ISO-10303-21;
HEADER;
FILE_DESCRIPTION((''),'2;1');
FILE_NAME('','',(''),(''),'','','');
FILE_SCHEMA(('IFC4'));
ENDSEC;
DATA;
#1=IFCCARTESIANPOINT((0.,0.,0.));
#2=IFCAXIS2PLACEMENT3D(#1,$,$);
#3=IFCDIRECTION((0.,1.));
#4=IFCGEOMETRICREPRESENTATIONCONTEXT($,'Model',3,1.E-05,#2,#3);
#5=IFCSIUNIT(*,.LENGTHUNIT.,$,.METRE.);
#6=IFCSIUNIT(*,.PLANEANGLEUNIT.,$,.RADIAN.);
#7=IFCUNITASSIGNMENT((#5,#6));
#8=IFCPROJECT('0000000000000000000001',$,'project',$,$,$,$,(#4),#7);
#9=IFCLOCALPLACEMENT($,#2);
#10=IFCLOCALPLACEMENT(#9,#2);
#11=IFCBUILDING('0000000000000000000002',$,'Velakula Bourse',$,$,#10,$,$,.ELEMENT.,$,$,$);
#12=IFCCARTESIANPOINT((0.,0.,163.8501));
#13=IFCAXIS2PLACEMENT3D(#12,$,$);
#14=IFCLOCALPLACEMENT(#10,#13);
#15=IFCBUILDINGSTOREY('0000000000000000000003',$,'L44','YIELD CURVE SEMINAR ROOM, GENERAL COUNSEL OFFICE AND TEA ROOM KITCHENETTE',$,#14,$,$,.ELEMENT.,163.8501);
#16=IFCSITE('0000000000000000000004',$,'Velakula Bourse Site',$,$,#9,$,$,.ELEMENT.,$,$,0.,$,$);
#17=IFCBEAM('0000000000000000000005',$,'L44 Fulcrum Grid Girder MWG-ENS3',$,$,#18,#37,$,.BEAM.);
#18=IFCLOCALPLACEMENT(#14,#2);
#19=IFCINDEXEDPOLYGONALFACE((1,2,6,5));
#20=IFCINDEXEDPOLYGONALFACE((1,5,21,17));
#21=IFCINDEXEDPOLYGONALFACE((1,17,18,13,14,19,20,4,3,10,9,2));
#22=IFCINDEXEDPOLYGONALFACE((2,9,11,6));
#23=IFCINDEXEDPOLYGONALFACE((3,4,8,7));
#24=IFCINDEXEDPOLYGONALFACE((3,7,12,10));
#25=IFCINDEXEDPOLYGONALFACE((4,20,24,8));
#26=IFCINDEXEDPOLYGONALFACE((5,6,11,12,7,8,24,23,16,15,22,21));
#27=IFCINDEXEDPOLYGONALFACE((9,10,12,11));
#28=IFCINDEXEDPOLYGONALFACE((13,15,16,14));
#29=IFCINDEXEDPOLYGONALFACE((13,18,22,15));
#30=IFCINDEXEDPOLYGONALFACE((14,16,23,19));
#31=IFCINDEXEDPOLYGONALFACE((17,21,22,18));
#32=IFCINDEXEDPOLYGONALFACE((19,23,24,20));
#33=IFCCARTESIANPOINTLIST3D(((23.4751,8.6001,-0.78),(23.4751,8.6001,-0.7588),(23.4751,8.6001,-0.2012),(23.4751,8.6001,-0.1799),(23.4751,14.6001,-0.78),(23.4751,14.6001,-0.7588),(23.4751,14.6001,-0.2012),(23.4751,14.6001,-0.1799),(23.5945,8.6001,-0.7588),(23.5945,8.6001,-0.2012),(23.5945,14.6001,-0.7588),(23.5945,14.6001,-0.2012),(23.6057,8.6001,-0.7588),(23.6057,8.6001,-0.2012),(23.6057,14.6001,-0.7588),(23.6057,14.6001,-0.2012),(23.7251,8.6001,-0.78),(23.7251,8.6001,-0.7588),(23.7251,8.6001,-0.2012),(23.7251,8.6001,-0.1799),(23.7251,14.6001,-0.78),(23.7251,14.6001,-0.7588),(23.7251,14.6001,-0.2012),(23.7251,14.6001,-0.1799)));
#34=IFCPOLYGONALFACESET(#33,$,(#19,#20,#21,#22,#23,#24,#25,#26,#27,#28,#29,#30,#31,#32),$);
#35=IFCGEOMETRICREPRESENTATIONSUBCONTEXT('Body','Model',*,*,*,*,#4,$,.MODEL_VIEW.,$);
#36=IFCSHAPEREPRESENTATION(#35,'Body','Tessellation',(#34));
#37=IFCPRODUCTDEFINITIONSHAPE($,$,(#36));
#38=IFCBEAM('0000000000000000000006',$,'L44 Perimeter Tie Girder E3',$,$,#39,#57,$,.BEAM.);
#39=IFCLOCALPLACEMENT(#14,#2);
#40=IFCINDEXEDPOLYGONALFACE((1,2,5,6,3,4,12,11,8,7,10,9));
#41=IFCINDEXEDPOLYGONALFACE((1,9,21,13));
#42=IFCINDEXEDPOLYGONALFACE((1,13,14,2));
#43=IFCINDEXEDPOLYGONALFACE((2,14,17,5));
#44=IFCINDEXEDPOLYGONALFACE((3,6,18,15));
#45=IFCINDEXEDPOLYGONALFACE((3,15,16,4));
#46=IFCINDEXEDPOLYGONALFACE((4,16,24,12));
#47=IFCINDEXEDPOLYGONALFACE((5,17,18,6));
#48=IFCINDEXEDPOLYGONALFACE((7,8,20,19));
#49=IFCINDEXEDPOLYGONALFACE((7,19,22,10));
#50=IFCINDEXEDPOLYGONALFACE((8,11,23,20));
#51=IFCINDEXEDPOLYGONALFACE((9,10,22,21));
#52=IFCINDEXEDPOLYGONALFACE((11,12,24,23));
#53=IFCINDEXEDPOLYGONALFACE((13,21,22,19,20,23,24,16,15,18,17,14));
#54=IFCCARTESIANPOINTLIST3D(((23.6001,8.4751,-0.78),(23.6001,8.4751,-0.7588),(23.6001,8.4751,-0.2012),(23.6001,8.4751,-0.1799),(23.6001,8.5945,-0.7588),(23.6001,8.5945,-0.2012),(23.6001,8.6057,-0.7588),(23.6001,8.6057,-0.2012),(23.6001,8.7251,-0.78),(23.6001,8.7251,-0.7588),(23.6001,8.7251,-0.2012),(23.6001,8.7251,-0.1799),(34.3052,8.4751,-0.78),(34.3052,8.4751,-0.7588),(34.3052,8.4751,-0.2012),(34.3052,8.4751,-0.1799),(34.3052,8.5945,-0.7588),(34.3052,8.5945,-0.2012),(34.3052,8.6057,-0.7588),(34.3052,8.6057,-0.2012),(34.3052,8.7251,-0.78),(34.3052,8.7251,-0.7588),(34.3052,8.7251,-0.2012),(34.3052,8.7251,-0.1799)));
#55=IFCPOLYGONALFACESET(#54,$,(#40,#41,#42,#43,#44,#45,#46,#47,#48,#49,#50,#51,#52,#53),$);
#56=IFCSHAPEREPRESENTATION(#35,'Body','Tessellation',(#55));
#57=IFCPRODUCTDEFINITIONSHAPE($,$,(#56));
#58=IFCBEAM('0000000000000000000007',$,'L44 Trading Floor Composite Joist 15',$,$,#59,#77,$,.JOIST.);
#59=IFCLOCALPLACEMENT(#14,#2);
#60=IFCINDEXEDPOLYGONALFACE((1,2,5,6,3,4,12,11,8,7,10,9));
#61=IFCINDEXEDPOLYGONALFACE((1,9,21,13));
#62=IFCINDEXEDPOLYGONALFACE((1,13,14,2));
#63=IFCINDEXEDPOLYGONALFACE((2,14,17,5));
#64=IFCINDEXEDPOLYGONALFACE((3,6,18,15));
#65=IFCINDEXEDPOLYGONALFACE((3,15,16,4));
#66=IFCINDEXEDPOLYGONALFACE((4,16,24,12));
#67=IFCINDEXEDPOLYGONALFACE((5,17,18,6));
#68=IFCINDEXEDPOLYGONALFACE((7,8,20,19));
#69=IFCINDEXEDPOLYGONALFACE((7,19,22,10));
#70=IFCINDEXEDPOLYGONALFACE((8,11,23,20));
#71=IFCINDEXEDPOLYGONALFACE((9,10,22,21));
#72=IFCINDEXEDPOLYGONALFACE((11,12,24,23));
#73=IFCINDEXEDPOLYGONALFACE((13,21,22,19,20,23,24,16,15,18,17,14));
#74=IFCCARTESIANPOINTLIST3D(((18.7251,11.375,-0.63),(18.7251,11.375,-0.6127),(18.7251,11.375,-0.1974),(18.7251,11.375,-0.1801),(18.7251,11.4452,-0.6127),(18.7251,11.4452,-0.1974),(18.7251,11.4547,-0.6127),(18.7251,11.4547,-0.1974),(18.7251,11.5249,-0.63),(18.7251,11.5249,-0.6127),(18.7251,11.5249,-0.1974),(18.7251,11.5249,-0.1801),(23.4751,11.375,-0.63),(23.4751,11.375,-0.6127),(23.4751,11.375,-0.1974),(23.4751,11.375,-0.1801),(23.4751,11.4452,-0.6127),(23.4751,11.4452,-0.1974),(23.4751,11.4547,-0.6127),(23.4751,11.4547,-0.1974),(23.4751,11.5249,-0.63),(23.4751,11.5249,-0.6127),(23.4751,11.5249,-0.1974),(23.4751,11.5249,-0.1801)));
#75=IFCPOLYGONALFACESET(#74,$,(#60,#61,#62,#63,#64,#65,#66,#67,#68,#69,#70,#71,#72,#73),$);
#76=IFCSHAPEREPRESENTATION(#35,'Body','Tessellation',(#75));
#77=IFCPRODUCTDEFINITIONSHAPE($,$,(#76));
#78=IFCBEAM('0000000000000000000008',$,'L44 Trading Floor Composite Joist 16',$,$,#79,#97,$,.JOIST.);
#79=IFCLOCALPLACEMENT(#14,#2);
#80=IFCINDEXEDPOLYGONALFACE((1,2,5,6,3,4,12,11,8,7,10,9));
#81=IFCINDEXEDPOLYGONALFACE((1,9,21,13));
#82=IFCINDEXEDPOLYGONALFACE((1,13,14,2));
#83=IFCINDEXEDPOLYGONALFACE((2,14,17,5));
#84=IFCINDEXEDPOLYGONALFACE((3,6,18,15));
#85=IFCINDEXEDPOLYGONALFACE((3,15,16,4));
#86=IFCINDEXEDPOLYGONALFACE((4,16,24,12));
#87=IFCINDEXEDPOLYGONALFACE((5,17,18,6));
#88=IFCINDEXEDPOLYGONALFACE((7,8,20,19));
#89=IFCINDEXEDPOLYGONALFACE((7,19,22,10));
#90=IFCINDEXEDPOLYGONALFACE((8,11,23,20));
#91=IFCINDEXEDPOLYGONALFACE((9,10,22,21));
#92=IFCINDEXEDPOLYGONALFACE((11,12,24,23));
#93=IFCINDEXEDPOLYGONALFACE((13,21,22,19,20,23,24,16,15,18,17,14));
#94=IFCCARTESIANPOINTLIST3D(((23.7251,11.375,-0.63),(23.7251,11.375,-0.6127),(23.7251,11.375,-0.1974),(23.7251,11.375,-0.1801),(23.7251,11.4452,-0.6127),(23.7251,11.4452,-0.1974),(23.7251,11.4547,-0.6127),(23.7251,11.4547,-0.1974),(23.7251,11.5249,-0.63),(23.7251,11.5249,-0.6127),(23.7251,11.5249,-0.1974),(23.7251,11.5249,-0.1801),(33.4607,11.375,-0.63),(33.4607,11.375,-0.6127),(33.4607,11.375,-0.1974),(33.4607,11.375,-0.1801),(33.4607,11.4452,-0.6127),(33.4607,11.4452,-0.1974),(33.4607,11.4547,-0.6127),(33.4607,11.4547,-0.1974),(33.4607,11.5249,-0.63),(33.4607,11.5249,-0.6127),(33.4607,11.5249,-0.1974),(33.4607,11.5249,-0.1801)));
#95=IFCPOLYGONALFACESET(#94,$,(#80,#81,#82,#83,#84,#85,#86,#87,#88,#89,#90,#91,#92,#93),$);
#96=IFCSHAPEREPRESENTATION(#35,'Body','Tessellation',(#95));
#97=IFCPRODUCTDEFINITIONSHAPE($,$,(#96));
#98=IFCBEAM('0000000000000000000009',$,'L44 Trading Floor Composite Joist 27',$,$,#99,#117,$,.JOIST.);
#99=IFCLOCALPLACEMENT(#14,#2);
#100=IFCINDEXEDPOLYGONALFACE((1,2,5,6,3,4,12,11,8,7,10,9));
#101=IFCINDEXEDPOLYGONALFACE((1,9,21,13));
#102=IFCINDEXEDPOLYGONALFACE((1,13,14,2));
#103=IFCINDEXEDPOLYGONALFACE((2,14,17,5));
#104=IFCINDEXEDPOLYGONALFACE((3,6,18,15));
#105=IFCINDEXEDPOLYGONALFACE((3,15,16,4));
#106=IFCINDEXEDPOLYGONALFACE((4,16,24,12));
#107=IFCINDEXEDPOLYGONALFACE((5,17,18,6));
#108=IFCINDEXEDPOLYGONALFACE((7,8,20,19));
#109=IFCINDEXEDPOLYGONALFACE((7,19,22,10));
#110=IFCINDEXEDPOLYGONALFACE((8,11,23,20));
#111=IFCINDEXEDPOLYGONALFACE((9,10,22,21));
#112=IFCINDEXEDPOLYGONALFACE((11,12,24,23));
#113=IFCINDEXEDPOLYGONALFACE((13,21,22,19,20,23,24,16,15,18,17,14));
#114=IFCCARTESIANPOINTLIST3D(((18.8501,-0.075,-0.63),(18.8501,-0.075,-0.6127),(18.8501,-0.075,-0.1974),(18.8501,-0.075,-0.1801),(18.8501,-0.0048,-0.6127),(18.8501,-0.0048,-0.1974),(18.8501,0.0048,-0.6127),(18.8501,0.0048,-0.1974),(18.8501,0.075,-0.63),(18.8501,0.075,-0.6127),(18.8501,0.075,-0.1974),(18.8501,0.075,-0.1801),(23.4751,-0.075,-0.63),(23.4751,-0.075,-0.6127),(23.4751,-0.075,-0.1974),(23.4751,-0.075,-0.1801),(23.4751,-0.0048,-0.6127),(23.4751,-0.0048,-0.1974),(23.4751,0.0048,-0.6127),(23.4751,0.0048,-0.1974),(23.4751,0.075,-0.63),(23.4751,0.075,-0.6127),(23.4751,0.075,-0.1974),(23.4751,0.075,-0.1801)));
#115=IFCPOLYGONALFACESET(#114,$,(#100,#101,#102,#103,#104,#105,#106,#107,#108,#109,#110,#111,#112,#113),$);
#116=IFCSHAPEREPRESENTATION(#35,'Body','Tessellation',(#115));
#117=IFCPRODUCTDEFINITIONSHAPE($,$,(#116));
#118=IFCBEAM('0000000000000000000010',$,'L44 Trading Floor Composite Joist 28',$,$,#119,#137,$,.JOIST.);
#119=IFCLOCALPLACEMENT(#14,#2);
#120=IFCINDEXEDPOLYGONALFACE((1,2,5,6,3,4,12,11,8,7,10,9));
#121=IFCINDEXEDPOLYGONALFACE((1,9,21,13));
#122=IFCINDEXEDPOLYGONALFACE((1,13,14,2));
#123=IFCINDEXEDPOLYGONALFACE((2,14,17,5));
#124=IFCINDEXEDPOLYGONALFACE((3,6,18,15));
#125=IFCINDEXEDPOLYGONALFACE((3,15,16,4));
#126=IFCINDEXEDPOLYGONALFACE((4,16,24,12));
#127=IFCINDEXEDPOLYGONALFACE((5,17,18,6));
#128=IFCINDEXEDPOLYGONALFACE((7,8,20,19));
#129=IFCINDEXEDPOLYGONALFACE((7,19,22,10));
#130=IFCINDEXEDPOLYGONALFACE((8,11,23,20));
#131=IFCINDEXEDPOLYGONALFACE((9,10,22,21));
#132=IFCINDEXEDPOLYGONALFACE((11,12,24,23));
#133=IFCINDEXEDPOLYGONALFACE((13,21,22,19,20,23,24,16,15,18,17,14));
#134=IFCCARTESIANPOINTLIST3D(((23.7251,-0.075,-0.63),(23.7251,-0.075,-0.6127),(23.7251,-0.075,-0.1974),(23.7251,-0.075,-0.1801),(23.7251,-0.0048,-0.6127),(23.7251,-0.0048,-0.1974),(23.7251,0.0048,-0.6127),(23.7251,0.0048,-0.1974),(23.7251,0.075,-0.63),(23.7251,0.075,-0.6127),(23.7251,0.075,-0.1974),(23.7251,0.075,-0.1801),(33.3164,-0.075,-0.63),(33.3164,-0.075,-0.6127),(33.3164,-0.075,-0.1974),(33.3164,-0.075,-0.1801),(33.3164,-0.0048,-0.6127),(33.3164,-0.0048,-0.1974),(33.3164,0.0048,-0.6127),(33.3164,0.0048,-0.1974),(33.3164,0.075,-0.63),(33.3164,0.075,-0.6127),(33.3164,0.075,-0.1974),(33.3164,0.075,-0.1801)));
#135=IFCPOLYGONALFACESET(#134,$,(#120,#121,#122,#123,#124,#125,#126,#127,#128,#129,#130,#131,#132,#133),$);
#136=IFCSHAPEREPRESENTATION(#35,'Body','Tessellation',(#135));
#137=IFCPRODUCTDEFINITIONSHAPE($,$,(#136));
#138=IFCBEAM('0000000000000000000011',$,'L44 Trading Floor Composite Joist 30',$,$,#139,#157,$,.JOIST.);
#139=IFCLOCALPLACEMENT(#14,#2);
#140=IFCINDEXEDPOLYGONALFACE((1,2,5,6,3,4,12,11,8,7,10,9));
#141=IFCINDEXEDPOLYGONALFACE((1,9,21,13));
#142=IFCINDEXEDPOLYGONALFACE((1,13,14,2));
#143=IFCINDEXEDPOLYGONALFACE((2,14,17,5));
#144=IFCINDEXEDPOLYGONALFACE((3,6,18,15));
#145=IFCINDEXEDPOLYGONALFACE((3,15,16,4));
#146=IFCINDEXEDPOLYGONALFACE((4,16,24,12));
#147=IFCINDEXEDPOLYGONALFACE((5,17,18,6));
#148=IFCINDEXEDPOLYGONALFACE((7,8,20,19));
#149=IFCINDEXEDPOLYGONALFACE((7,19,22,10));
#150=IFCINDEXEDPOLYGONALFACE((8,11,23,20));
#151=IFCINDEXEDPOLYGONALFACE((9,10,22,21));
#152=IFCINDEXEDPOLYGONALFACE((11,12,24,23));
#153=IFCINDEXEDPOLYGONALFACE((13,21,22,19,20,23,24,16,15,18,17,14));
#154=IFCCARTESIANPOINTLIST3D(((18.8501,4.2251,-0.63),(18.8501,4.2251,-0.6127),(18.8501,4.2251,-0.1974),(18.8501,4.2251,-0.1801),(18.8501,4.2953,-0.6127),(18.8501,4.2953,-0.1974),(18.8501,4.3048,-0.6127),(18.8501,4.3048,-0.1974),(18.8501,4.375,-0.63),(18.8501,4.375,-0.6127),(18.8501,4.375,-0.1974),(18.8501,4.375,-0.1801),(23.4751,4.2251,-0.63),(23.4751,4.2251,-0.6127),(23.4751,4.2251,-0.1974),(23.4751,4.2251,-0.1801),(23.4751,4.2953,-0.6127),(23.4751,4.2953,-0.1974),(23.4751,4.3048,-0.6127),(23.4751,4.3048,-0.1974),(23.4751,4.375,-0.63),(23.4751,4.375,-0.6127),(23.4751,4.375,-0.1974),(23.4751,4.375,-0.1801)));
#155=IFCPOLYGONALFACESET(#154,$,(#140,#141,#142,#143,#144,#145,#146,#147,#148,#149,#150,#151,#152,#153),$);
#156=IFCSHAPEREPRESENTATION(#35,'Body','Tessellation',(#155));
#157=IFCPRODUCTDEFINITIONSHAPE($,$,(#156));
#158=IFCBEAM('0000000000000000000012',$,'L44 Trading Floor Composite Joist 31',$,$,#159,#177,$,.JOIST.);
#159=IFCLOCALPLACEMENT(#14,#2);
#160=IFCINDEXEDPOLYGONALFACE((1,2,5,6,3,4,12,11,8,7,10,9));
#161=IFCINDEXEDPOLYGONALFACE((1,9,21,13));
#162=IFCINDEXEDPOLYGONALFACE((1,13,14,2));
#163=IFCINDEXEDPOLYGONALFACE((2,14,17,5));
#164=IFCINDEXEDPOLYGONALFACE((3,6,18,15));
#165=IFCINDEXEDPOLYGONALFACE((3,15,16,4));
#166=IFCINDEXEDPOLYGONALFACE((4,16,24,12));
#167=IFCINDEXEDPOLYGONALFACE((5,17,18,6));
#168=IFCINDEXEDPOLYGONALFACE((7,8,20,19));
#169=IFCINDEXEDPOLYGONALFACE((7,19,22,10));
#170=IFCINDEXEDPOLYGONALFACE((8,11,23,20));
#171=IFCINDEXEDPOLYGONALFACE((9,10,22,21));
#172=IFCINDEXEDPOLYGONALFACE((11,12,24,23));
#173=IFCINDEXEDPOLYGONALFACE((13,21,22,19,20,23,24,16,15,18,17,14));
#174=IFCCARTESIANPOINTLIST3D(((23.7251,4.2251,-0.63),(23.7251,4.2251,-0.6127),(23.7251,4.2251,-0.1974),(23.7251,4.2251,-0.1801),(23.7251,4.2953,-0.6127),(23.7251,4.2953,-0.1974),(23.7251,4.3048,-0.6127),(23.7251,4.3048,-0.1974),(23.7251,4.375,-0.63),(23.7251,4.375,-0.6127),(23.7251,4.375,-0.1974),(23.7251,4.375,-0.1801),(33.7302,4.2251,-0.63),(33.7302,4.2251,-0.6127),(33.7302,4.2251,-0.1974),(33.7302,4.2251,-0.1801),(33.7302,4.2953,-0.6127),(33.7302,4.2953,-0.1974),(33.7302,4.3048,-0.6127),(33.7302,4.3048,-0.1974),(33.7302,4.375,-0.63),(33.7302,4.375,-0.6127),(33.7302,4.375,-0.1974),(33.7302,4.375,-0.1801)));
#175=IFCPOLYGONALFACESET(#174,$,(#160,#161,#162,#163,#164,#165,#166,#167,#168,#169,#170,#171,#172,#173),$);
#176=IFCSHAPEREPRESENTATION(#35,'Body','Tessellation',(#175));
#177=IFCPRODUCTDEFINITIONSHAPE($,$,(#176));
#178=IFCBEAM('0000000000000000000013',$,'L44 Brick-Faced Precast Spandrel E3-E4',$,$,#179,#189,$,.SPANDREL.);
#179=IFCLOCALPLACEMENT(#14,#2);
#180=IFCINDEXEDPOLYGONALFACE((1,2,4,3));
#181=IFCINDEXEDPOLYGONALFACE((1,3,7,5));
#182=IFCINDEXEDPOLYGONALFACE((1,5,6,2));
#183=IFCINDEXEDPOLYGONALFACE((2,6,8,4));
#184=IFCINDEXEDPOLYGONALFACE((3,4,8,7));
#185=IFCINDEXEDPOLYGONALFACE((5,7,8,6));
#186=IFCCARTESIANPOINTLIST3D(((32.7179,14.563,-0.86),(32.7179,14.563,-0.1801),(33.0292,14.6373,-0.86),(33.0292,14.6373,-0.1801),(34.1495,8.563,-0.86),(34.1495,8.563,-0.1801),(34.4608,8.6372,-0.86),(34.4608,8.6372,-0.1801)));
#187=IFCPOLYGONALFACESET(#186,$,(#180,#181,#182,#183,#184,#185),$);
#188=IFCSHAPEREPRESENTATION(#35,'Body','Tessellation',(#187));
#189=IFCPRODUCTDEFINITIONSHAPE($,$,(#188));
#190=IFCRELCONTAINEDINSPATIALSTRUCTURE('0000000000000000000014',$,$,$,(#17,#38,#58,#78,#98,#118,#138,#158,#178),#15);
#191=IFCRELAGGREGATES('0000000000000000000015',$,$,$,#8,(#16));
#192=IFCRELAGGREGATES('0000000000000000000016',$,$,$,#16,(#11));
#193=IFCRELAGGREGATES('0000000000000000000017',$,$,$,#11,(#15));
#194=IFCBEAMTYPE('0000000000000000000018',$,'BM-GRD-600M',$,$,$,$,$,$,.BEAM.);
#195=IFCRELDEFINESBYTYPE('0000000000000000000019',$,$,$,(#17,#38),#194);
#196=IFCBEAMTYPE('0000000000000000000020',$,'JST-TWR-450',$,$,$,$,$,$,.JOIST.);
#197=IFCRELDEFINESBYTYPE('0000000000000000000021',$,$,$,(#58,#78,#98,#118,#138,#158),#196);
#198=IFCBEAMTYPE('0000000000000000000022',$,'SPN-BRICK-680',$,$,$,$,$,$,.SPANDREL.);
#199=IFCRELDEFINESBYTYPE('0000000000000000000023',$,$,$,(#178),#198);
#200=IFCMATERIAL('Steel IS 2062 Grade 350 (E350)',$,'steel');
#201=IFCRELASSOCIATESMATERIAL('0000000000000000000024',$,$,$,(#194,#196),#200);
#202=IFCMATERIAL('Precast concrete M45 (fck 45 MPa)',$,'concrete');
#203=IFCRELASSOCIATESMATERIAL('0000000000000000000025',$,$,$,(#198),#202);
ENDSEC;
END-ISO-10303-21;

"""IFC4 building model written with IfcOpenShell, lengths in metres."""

from ifc_helpers import new_model, si_unit, direction, frame, origin, origin_2d, place, context, subcontext, project, spatial, rectangle, i_section, extrude, material, material_profile, profile_set, type_object, element, save


model = new_model("IFC4")

# Units and contexts
model_context = context("Model", 3, precision=1e-05, world=origin(), true_north=direction((0.0, 1.0)))
body_context = subcontext(model_context, "Body", "Model", "MODEL_VIEW")
ifc_project = project(units=[si_unit("LENGTHUNIT", "METRE"), si_unit("PLANEANGLEUNIT", "RADIAN")], contexts=[model_context])

# Site, building, storey
site_placement = place(None, origin())
site = spatial("IfcSite", under=ifc_project, at=site_placement, Name="Velakula Bourse Site", CompositionType="ELEMENT", RefElevation=0.0)
building_placement = place(site_placement, origin())
building = spatial("IfcBuilding", under=site, at=building_placement, Name="Velakula Bourse", CompositionType="ELEMENT")
storey_placement = place(building_placement, frame((0.0, 0.0, 163.8501)))
storey = spatial("IfcBuildingStorey", under=building, at=storey_placement, Name="L44", Description="YIELD CURVE SEMINAR ROOM, GENERAL COUNSEL OFFICE AND TEA ROOM KITCHENETTE", CompositionType="ELEMENT", Elevation=163.8501)

# Shared definitions
ifc_material_1 = material(Name="Steel IS 2062 Grade 350 (E350)", Category="steel")

# Beams
ifc_material_profile_1 = material_profile(ifc_material_1, i_section(OverallWidth=0.25, OverallDepth=0.6001, WebThickness=0.0112, FlangeThickness=0.0212, at=origin_2d()), Name="Steel IS 2062 Grade 350 (E350)")
ifc_profile_set_1 = profile_set([ifc_material_profile_1], Name="Steel IS 2062 Grade 350 (E350)")
beam_type_1 = type_object("IfcBeamType", Name="BM-GRD-600M", PredefinedType="BEAM", material=ifc_profile_set_1)
beam_1_placement = place(storey_placement, frame((23.6001, 8.6001, -0.48), z_axis=(0.0, 1.0, 0.0), x_axis=(-1.0, 0.0, 0.0)))
element("IfcBeam", 1, at=beam_1_placement, inside=storey, type_object=beam_type_1, Name="L44 Fulcrum Grid Girder MWG-ENS3", PredefinedType="BEAM", context=body_context, shape_type="SweptSolid", body=[
    extrude(i_section(OverallWidth=0.25, OverallDepth=0.6001, WebThickness=0.0112, FlangeThickness=0.0212, at=origin_2d()), origin(), (0.0, 0.0, 1.0), 6.0),
])
beam_2_placement = place(storey_placement, frame((23.6001, 8.6001, -0.48), z_axis=(1.0, 0.0, 0.0), x_axis=(0.0, 1.0, 0.0)))
element("IfcBeam", 2, at=beam_2_placement, inside=storey, type_object=beam_type_1, Name="L44 Perimeter Tie Girder E3", PredefinedType="BEAM", context=body_context, shape_type="SweptSolid", body=[
    extrude(i_section(OverallWidth=0.25, OverallDepth=0.6001, WebThickness=0.0112, FlangeThickness=0.0212, at=origin_2d()), origin(), (0.0, 0.0, 1.0), 10.7051),
])
ifc_material_profile_2 = material_profile(ifc_material_1, i_section(OverallWidth=0.1499, OverallDepth=0.45, WebThickness=0.0095, FlangeThickness=0.0173, at=origin_2d()), Name="Steel IS 2062 Grade 350 (E350)")
ifc_profile_set_2 = profile_set([ifc_material_profile_2], Name="Steel IS 2062 Grade 350 (E350)")
beam_type_2 = type_object("IfcBeamType", Name="JST-TWR-450", PredefinedType="JOIST", material=ifc_profile_set_2)
beam_3_placement = place(storey_placement, frame((18.7251, 11.45, -0.405), z_axis=(1.0, 0.0, 0.0), x_axis=(0.0, 1.0, 0.0)))
element("IfcBeam", 3, at=beam_3_placement, inside=storey, type_object=beam_type_2, Name="L44 Trading Floor Composite Joist 15", PredefinedType="JOIST", context=body_context, shape_type="SweptSolid", body=[
    extrude(i_section(OverallWidth=0.1499, OverallDepth=0.45, WebThickness=0.0095, FlangeThickness=0.0173, at=origin_2d()), origin(), (0.0, 0.0, 1.0), 4.75),
])
beam_4_placement = place(storey_placement, frame((23.7251, 11.45, -0.405), z_axis=(1.0, 0.0, 0.0), x_axis=(0.0, 1.0, 0.0)))
element("IfcBeam", 4, at=beam_4_placement, inside=storey, type_object=beam_type_2, Name="L44 Trading Floor Composite Joist 16", PredefinedType="JOIST", context=body_context, shape_type="SweptSolid", body=[
    extrude(i_section(OverallWidth=0.1499, OverallDepth=0.45, WebThickness=0.0095, FlangeThickness=0.0173, at=origin_2d()), origin(), (0.0, 0.0, 1.0), 9.7356),
])
beam_5_placement = place(storey_placement, frame((18.8501, 0.0, -0.405), z_axis=(1.0, 0.0, 0.0), x_axis=(0.0, 1.0, 0.0)))
element("IfcBeam", 5, at=beam_5_placement, inside=storey, type_object=beam_type_2, Name="L44 Trading Floor Composite Joist 27", PredefinedType="JOIST", context=body_context, shape_type="SweptSolid", body=[
    extrude(i_section(OverallWidth=0.1499, OverallDepth=0.45, WebThickness=0.0095, FlangeThickness=0.0173, at=origin_2d()), origin(), (0.0, 0.0, 1.0), 4.625),
])
beam_6_placement = place(storey_placement, frame((23.7251, 0.0, -0.405), z_axis=(1.0, 0.0, 0.0), x_axis=(0.0, 1.0, 0.0)))
element("IfcBeam", 6, at=beam_6_placement, inside=storey, type_object=beam_type_2, Name="L44 Trading Floor Composite Joist 28", PredefinedType="JOIST", context=body_context, shape_type="SweptSolid", body=[
    extrude(i_section(OverallWidth=0.1499, OverallDepth=0.45, WebThickness=0.0095, FlangeThickness=0.0173, at=origin_2d()), origin(), (0.0, 0.0, 1.0), 9.5913),
])
beam_7_placement = place(storey_placement, frame((18.8501, 4.3, -0.405), z_axis=(1.0, 0.0, 0.0), x_axis=(0.0, 1.0, 0.0)))
element("IfcBeam", 7, at=beam_7_placement, inside=storey, type_object=beam_type_2, Name="L44 Trading Floor Composite Joist 30", PredefinedType="JOIST", context=body_context, shape_type="SweptSolid", body=[
    extrude(i_section(OverallWidth=0.1499, OverallDepth=0.45, WebThickness=0.0095, FlangeThickness=0.0173, at=origin_2d()), origin(), (0.0, 0.0, 1.0), 4.625),
])
beam_8_placement = place(storey_placement, frame((23.7251, 4.3, -0.405), z_axis=(1.0, 0.0, 0.0), x_axis=(0.0, 1.0, 0.0)))
element("IfcBeam", 8, at=beam_8_placement, inside=storey, type_object=beam_type_2, Name="L44 Trading Floor Composite Joist 31", PredefinedType="JOIST", context=body_context, shape_type="SweptSolid", body=[
    extrude(i_section(OverallWidth=0.1499, OverallDepth=0.45, WebThickness=0.0095, FlangeThickness=0.0173, at=origin_2d()), origin(), (0.0, 0.0, 1.0), 10.0051),
])
ifc_material_2 = material(Name="Precast concrete M45 (fck 45 MPa)", Category="concrete")
ifc_material_profile_3 = material_profile(ifc_material_2, rectangle(XDim=0.3201, YDim=0.6799, at=origin_2d()), Name="Precast concrete M45 (fck 45 MPa)")
ifc_profile_set_3 = profile_set([ifc_material_profile_3], Name="Precast concrete M45 (fck 45 MPa)")
beam_type_3 = type_object("IfcBeamType", Name="SPN-BRICK-680", PredefinedType="SPANDREL", material=ifc_profile_set_3)
beam_9_placement = place(storey_placement, frame((34.3052, 8.6001, -0.52), z_axis=(-0.232091, 0.972694, 0.0), x_axis=(-0.972694, -0.232091, 0.0)))
element("IfcBeam", 9, at=beam_9_placement, inside=storey, type_object=beam_type_3, Name="L44 Brick-Faced Precast Spandrel E3-E4", PredefinedType="SPANDREL", context=body_context, shape_type="SweptSolid", body=[
    extrude(rectangle(XDim=0.3201, YDim=0.6799, at=origin_2d()), origin(), (0.0, 0.0, 1.0), 6.1685),
])

save(model, "model.ifc")
